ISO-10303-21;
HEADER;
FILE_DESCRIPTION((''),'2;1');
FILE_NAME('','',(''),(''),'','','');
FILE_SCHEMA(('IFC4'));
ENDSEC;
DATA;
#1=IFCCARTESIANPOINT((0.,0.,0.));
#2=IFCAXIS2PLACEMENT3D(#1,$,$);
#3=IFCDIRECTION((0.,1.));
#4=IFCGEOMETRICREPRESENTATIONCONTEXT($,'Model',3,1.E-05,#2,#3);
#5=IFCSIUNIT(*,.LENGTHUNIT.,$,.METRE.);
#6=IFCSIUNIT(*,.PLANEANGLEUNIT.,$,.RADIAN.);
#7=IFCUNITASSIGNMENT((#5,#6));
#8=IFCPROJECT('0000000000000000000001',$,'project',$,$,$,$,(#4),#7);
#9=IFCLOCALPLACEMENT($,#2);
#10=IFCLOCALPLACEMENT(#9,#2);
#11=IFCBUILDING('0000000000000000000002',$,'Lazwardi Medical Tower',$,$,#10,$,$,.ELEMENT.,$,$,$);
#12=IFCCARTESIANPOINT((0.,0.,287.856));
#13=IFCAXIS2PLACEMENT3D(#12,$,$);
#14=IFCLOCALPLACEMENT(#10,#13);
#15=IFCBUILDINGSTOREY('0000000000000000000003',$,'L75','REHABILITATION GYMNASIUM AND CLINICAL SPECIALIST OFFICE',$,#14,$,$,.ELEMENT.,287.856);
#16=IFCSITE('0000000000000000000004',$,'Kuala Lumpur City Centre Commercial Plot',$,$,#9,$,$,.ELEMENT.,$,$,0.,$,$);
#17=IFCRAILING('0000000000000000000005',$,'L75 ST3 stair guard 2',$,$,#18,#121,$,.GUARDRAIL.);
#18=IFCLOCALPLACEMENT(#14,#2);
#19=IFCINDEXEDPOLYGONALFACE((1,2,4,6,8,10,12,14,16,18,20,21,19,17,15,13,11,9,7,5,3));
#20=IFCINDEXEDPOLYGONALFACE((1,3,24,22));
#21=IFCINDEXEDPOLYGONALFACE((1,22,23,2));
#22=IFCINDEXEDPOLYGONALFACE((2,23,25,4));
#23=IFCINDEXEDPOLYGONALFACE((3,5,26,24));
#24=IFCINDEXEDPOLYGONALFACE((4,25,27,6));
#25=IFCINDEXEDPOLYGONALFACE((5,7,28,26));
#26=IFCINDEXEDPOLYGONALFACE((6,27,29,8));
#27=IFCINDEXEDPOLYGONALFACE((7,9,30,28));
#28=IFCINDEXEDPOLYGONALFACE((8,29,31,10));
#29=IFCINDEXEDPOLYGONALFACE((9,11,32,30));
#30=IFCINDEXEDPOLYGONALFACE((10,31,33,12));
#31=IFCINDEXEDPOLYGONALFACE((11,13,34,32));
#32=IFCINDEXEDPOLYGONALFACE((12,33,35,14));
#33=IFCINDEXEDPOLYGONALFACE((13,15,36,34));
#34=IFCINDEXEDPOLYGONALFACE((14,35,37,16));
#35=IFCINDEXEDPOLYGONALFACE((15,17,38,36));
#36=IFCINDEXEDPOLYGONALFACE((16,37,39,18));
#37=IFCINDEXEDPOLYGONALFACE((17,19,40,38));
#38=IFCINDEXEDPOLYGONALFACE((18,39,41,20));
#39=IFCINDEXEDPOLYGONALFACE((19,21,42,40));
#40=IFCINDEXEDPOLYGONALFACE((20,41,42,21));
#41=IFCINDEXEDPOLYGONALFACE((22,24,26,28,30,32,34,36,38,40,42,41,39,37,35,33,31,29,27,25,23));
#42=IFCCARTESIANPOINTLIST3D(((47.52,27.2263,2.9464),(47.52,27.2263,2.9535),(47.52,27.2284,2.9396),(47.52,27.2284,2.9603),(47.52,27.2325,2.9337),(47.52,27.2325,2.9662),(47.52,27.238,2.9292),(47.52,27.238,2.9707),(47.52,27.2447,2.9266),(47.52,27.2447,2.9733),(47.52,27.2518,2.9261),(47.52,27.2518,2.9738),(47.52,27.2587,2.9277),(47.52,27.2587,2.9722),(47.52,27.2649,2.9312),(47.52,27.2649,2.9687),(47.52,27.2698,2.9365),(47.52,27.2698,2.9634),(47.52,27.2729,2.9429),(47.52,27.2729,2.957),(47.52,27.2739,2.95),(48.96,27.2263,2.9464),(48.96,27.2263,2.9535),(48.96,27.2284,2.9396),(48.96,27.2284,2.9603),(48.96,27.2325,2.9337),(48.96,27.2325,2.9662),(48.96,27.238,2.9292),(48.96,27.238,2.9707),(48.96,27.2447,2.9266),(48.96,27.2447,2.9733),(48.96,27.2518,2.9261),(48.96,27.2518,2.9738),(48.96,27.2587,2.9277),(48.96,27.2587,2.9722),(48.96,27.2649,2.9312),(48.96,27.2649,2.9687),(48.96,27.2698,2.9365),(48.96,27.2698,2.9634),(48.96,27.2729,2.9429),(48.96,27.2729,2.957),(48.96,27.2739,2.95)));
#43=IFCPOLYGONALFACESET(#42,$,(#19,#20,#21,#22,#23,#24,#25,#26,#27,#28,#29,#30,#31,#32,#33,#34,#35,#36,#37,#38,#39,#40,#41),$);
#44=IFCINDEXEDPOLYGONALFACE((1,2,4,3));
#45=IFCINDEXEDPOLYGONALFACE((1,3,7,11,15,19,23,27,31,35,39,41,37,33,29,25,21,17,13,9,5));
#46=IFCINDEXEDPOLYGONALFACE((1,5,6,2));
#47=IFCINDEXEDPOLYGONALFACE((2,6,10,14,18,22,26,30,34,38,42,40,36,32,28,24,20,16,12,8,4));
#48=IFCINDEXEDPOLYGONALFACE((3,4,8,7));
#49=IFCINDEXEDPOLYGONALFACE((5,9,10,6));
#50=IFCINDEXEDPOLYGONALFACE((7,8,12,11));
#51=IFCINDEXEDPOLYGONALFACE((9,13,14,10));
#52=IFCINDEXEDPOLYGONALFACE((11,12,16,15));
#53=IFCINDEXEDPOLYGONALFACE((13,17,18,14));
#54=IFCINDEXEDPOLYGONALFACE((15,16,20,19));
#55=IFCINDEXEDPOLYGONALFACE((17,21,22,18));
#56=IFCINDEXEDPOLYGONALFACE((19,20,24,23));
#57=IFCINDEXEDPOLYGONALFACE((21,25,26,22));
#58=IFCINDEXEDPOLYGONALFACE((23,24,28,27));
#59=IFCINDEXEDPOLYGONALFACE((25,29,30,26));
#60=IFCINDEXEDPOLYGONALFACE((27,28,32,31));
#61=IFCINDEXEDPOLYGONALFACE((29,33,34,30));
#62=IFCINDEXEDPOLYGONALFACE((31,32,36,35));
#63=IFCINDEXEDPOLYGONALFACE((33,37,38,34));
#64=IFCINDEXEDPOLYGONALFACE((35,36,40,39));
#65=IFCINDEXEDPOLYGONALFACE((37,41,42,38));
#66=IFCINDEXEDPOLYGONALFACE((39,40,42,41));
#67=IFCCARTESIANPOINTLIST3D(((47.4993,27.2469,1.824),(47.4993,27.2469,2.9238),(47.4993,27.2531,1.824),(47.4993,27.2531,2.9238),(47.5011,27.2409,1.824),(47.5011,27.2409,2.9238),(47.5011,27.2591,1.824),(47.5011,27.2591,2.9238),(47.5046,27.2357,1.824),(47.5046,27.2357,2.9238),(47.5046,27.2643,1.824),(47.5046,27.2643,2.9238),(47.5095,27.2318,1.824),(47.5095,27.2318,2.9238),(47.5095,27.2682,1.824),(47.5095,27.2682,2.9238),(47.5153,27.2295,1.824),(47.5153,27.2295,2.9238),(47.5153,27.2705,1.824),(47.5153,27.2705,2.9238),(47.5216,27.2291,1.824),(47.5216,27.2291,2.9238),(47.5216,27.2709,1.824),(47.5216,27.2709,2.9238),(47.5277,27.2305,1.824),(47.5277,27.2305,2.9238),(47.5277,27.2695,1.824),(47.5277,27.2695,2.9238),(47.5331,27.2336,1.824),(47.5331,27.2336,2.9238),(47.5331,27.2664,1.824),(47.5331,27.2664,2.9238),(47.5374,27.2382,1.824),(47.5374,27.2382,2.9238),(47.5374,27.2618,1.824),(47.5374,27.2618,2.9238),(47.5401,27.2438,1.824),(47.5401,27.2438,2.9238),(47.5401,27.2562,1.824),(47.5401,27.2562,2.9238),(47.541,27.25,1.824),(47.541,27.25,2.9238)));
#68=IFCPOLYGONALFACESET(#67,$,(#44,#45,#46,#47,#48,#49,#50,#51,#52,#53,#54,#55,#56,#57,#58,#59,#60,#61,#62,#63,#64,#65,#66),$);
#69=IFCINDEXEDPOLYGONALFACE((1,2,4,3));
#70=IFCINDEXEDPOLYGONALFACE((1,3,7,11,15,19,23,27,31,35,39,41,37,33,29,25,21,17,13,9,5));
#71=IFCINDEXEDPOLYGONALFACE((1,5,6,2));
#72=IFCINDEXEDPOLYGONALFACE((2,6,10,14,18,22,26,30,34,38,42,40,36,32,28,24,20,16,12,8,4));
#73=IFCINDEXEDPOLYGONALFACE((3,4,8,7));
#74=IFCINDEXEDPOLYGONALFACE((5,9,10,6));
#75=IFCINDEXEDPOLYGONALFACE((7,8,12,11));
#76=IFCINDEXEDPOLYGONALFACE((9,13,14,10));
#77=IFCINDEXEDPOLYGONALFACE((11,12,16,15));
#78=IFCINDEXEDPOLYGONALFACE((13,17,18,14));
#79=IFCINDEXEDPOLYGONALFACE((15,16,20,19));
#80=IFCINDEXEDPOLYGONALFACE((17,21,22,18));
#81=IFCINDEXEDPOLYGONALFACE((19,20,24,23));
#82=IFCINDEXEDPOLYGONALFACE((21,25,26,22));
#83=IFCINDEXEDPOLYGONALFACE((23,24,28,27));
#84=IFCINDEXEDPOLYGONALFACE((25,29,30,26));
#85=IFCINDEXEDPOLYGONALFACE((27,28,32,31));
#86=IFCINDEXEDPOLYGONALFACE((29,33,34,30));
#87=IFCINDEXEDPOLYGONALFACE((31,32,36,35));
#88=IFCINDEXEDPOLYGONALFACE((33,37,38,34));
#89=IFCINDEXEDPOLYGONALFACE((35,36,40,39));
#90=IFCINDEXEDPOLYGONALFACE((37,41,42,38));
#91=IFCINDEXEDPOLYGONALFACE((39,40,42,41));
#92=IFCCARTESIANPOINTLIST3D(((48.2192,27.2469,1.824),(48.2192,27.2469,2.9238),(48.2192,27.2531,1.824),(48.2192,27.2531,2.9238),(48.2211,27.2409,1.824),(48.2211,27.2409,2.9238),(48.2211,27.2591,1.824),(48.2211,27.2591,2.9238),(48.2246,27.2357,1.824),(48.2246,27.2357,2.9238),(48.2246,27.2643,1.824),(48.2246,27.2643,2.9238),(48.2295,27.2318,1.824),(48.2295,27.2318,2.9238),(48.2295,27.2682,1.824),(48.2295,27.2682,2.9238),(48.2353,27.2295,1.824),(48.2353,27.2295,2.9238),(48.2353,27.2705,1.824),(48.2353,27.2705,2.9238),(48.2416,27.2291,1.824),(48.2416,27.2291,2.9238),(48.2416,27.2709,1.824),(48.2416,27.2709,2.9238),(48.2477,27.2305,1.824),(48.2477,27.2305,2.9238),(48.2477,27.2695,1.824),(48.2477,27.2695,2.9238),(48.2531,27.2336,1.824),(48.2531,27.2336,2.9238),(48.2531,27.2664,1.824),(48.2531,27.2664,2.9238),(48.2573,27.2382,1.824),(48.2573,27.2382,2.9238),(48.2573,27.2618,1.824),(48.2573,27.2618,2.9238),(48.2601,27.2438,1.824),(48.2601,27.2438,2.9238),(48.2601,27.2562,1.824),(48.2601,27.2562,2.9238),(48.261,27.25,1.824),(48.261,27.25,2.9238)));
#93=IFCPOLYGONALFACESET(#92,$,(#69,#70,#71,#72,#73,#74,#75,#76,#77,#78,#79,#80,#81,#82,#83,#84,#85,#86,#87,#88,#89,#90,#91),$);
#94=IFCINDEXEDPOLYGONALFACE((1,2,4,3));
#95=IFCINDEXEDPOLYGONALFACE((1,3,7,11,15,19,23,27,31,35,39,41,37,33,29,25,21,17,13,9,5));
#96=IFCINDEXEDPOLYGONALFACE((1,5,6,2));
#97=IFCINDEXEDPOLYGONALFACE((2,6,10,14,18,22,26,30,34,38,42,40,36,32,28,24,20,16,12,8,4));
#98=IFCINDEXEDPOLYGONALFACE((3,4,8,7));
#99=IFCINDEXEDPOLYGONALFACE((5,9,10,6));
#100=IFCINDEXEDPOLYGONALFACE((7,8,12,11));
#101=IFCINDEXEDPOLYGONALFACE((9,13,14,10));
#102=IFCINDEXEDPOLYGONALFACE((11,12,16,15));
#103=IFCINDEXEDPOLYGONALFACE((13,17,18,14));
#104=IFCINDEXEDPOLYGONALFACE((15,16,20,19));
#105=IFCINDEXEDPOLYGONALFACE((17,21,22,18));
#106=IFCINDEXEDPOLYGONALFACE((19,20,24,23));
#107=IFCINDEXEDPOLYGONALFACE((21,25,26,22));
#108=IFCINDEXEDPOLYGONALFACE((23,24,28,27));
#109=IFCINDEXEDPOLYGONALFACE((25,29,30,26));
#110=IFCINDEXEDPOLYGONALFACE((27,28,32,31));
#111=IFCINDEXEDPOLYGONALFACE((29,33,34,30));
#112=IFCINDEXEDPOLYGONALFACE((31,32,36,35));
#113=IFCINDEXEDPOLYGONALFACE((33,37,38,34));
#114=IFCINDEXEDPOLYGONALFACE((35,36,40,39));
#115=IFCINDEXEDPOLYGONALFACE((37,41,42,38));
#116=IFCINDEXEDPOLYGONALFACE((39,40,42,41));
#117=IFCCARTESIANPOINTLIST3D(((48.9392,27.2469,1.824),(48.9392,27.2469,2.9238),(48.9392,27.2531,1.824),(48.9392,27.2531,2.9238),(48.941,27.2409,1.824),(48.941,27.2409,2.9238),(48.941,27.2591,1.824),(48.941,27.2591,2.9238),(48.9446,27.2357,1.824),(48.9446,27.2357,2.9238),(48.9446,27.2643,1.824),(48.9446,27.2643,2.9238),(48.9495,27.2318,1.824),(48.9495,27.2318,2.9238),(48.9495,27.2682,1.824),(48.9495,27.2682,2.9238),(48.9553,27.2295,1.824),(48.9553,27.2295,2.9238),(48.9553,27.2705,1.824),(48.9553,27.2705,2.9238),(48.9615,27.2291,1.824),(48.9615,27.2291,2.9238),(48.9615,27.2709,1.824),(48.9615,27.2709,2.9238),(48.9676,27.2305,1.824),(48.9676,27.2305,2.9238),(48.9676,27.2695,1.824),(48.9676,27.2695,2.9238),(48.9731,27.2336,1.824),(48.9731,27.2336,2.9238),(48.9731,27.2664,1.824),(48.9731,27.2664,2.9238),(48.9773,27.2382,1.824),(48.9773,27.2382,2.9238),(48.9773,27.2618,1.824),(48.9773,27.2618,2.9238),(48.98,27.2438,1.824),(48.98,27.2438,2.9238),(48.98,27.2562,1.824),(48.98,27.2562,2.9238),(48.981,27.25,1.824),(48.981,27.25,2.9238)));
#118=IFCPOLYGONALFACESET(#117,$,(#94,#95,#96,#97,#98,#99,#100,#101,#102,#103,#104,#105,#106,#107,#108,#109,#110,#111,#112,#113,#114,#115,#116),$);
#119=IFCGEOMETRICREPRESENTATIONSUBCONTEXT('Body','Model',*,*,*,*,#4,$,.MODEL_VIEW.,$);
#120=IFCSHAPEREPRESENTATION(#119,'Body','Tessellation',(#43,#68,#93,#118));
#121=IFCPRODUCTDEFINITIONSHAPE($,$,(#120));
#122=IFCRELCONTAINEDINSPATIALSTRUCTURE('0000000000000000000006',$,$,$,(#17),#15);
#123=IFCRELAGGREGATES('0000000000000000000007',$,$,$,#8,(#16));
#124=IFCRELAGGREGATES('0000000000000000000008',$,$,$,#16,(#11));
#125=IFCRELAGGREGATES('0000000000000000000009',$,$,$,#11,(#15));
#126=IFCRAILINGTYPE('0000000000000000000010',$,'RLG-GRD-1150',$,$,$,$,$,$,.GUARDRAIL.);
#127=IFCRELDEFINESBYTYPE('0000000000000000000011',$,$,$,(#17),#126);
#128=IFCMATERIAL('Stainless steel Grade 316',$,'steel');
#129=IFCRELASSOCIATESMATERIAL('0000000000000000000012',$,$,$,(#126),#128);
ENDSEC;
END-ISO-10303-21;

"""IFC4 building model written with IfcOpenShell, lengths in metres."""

from ifc_helpers import new_model, si_unit, direction, frame, origin, origin_2d, place, context, subcontext, project, spatial, circle, extrude, material, type_object, element, save


model = new_model("IFC4")

# Units and contexts
model_context = context("Model", 3, precision=1e-05, world=origin(), true_north=direction((0.0, 1.0)))
body_context = subcontext(model_context, "Body", "Model", "MODEL_VIEW")
ifc_project = project(units=[si_unit("LENGTHUNIT", "METRE"), si_unit("PLANEANGLEUNIT", "RADIAN")], contexts=[model_context])

# Site, building, storey
site_placement = place(None, origin())
site = spatial("IfcSite", under=ifc_project, at=site_placement, Name="Kuala Lumpur City Centre Commercial Plot", CompositionType="ELEMENT", RefElevation=0.0)
building_placement = place(site_placement, origin())
building = spatial("IfcBuilding", under=site, at=building_placement, Name="Lazwardi Medical Tower", CompositionType="ELEMENT")
storey_placement = place(building_placement, frame((0.0, 0.0, 287.856)))
storey = spatial("IfcBuildingStorey", under=building, at=storey_placement, Name="L75", Description="REHABILITATION GYMNASIUM AND CLINICAL SPECIALIST OFFICE", CompositionType="ELEMENT", Elevation=287.856)

# Railing
ifc_material_1 = material(Name="Stainless steel Grade 316", Category="steel")
railing_type_1 = type_object("IfcRailingType", Name="RLG-GRD-1150", PredefinedType="GUARDRAIL", material=ifc_material_1)
railing_1_placement = place(storey_placement, frame((47.52, 27.25, 1.824)))
element("IfcRailing", 1, at=railing_1_placement, inside=storey, type_object=railing_type_1, Name="L75 ST3 stair guard 2", PredefinedType="GUARDRAIL", context=body_context, shape_type="SweptSolid", body=[
    extrude(circle(Radius=0.0239, at=origin_2d()), frame((0.0, 0.0, 1.126), z_axis=(1.0, 0.0, 0.0), x_axis=(0.0, 1.0, 0.0)), (0.0, 0.0, 1.0), 1.4399),
    extrude(circle(Radius=0.021, at=origin_2d()), origin(), (0.0, 0.0, 1.0), 1.0999),
    extrude(circle(Radius=0.021, at=origin_2d()), frame((0.72, 0.0, 0.0)), (0.0, 0.0, 1.0), 1.0999),
    extrude(circle(Radius=0.021, at=origin_2d()), frame((1.4399, 0.0, 0.0)), (0.0, 0.0, 1.0), 1.0999),
])

save(model, "model.ifc")
